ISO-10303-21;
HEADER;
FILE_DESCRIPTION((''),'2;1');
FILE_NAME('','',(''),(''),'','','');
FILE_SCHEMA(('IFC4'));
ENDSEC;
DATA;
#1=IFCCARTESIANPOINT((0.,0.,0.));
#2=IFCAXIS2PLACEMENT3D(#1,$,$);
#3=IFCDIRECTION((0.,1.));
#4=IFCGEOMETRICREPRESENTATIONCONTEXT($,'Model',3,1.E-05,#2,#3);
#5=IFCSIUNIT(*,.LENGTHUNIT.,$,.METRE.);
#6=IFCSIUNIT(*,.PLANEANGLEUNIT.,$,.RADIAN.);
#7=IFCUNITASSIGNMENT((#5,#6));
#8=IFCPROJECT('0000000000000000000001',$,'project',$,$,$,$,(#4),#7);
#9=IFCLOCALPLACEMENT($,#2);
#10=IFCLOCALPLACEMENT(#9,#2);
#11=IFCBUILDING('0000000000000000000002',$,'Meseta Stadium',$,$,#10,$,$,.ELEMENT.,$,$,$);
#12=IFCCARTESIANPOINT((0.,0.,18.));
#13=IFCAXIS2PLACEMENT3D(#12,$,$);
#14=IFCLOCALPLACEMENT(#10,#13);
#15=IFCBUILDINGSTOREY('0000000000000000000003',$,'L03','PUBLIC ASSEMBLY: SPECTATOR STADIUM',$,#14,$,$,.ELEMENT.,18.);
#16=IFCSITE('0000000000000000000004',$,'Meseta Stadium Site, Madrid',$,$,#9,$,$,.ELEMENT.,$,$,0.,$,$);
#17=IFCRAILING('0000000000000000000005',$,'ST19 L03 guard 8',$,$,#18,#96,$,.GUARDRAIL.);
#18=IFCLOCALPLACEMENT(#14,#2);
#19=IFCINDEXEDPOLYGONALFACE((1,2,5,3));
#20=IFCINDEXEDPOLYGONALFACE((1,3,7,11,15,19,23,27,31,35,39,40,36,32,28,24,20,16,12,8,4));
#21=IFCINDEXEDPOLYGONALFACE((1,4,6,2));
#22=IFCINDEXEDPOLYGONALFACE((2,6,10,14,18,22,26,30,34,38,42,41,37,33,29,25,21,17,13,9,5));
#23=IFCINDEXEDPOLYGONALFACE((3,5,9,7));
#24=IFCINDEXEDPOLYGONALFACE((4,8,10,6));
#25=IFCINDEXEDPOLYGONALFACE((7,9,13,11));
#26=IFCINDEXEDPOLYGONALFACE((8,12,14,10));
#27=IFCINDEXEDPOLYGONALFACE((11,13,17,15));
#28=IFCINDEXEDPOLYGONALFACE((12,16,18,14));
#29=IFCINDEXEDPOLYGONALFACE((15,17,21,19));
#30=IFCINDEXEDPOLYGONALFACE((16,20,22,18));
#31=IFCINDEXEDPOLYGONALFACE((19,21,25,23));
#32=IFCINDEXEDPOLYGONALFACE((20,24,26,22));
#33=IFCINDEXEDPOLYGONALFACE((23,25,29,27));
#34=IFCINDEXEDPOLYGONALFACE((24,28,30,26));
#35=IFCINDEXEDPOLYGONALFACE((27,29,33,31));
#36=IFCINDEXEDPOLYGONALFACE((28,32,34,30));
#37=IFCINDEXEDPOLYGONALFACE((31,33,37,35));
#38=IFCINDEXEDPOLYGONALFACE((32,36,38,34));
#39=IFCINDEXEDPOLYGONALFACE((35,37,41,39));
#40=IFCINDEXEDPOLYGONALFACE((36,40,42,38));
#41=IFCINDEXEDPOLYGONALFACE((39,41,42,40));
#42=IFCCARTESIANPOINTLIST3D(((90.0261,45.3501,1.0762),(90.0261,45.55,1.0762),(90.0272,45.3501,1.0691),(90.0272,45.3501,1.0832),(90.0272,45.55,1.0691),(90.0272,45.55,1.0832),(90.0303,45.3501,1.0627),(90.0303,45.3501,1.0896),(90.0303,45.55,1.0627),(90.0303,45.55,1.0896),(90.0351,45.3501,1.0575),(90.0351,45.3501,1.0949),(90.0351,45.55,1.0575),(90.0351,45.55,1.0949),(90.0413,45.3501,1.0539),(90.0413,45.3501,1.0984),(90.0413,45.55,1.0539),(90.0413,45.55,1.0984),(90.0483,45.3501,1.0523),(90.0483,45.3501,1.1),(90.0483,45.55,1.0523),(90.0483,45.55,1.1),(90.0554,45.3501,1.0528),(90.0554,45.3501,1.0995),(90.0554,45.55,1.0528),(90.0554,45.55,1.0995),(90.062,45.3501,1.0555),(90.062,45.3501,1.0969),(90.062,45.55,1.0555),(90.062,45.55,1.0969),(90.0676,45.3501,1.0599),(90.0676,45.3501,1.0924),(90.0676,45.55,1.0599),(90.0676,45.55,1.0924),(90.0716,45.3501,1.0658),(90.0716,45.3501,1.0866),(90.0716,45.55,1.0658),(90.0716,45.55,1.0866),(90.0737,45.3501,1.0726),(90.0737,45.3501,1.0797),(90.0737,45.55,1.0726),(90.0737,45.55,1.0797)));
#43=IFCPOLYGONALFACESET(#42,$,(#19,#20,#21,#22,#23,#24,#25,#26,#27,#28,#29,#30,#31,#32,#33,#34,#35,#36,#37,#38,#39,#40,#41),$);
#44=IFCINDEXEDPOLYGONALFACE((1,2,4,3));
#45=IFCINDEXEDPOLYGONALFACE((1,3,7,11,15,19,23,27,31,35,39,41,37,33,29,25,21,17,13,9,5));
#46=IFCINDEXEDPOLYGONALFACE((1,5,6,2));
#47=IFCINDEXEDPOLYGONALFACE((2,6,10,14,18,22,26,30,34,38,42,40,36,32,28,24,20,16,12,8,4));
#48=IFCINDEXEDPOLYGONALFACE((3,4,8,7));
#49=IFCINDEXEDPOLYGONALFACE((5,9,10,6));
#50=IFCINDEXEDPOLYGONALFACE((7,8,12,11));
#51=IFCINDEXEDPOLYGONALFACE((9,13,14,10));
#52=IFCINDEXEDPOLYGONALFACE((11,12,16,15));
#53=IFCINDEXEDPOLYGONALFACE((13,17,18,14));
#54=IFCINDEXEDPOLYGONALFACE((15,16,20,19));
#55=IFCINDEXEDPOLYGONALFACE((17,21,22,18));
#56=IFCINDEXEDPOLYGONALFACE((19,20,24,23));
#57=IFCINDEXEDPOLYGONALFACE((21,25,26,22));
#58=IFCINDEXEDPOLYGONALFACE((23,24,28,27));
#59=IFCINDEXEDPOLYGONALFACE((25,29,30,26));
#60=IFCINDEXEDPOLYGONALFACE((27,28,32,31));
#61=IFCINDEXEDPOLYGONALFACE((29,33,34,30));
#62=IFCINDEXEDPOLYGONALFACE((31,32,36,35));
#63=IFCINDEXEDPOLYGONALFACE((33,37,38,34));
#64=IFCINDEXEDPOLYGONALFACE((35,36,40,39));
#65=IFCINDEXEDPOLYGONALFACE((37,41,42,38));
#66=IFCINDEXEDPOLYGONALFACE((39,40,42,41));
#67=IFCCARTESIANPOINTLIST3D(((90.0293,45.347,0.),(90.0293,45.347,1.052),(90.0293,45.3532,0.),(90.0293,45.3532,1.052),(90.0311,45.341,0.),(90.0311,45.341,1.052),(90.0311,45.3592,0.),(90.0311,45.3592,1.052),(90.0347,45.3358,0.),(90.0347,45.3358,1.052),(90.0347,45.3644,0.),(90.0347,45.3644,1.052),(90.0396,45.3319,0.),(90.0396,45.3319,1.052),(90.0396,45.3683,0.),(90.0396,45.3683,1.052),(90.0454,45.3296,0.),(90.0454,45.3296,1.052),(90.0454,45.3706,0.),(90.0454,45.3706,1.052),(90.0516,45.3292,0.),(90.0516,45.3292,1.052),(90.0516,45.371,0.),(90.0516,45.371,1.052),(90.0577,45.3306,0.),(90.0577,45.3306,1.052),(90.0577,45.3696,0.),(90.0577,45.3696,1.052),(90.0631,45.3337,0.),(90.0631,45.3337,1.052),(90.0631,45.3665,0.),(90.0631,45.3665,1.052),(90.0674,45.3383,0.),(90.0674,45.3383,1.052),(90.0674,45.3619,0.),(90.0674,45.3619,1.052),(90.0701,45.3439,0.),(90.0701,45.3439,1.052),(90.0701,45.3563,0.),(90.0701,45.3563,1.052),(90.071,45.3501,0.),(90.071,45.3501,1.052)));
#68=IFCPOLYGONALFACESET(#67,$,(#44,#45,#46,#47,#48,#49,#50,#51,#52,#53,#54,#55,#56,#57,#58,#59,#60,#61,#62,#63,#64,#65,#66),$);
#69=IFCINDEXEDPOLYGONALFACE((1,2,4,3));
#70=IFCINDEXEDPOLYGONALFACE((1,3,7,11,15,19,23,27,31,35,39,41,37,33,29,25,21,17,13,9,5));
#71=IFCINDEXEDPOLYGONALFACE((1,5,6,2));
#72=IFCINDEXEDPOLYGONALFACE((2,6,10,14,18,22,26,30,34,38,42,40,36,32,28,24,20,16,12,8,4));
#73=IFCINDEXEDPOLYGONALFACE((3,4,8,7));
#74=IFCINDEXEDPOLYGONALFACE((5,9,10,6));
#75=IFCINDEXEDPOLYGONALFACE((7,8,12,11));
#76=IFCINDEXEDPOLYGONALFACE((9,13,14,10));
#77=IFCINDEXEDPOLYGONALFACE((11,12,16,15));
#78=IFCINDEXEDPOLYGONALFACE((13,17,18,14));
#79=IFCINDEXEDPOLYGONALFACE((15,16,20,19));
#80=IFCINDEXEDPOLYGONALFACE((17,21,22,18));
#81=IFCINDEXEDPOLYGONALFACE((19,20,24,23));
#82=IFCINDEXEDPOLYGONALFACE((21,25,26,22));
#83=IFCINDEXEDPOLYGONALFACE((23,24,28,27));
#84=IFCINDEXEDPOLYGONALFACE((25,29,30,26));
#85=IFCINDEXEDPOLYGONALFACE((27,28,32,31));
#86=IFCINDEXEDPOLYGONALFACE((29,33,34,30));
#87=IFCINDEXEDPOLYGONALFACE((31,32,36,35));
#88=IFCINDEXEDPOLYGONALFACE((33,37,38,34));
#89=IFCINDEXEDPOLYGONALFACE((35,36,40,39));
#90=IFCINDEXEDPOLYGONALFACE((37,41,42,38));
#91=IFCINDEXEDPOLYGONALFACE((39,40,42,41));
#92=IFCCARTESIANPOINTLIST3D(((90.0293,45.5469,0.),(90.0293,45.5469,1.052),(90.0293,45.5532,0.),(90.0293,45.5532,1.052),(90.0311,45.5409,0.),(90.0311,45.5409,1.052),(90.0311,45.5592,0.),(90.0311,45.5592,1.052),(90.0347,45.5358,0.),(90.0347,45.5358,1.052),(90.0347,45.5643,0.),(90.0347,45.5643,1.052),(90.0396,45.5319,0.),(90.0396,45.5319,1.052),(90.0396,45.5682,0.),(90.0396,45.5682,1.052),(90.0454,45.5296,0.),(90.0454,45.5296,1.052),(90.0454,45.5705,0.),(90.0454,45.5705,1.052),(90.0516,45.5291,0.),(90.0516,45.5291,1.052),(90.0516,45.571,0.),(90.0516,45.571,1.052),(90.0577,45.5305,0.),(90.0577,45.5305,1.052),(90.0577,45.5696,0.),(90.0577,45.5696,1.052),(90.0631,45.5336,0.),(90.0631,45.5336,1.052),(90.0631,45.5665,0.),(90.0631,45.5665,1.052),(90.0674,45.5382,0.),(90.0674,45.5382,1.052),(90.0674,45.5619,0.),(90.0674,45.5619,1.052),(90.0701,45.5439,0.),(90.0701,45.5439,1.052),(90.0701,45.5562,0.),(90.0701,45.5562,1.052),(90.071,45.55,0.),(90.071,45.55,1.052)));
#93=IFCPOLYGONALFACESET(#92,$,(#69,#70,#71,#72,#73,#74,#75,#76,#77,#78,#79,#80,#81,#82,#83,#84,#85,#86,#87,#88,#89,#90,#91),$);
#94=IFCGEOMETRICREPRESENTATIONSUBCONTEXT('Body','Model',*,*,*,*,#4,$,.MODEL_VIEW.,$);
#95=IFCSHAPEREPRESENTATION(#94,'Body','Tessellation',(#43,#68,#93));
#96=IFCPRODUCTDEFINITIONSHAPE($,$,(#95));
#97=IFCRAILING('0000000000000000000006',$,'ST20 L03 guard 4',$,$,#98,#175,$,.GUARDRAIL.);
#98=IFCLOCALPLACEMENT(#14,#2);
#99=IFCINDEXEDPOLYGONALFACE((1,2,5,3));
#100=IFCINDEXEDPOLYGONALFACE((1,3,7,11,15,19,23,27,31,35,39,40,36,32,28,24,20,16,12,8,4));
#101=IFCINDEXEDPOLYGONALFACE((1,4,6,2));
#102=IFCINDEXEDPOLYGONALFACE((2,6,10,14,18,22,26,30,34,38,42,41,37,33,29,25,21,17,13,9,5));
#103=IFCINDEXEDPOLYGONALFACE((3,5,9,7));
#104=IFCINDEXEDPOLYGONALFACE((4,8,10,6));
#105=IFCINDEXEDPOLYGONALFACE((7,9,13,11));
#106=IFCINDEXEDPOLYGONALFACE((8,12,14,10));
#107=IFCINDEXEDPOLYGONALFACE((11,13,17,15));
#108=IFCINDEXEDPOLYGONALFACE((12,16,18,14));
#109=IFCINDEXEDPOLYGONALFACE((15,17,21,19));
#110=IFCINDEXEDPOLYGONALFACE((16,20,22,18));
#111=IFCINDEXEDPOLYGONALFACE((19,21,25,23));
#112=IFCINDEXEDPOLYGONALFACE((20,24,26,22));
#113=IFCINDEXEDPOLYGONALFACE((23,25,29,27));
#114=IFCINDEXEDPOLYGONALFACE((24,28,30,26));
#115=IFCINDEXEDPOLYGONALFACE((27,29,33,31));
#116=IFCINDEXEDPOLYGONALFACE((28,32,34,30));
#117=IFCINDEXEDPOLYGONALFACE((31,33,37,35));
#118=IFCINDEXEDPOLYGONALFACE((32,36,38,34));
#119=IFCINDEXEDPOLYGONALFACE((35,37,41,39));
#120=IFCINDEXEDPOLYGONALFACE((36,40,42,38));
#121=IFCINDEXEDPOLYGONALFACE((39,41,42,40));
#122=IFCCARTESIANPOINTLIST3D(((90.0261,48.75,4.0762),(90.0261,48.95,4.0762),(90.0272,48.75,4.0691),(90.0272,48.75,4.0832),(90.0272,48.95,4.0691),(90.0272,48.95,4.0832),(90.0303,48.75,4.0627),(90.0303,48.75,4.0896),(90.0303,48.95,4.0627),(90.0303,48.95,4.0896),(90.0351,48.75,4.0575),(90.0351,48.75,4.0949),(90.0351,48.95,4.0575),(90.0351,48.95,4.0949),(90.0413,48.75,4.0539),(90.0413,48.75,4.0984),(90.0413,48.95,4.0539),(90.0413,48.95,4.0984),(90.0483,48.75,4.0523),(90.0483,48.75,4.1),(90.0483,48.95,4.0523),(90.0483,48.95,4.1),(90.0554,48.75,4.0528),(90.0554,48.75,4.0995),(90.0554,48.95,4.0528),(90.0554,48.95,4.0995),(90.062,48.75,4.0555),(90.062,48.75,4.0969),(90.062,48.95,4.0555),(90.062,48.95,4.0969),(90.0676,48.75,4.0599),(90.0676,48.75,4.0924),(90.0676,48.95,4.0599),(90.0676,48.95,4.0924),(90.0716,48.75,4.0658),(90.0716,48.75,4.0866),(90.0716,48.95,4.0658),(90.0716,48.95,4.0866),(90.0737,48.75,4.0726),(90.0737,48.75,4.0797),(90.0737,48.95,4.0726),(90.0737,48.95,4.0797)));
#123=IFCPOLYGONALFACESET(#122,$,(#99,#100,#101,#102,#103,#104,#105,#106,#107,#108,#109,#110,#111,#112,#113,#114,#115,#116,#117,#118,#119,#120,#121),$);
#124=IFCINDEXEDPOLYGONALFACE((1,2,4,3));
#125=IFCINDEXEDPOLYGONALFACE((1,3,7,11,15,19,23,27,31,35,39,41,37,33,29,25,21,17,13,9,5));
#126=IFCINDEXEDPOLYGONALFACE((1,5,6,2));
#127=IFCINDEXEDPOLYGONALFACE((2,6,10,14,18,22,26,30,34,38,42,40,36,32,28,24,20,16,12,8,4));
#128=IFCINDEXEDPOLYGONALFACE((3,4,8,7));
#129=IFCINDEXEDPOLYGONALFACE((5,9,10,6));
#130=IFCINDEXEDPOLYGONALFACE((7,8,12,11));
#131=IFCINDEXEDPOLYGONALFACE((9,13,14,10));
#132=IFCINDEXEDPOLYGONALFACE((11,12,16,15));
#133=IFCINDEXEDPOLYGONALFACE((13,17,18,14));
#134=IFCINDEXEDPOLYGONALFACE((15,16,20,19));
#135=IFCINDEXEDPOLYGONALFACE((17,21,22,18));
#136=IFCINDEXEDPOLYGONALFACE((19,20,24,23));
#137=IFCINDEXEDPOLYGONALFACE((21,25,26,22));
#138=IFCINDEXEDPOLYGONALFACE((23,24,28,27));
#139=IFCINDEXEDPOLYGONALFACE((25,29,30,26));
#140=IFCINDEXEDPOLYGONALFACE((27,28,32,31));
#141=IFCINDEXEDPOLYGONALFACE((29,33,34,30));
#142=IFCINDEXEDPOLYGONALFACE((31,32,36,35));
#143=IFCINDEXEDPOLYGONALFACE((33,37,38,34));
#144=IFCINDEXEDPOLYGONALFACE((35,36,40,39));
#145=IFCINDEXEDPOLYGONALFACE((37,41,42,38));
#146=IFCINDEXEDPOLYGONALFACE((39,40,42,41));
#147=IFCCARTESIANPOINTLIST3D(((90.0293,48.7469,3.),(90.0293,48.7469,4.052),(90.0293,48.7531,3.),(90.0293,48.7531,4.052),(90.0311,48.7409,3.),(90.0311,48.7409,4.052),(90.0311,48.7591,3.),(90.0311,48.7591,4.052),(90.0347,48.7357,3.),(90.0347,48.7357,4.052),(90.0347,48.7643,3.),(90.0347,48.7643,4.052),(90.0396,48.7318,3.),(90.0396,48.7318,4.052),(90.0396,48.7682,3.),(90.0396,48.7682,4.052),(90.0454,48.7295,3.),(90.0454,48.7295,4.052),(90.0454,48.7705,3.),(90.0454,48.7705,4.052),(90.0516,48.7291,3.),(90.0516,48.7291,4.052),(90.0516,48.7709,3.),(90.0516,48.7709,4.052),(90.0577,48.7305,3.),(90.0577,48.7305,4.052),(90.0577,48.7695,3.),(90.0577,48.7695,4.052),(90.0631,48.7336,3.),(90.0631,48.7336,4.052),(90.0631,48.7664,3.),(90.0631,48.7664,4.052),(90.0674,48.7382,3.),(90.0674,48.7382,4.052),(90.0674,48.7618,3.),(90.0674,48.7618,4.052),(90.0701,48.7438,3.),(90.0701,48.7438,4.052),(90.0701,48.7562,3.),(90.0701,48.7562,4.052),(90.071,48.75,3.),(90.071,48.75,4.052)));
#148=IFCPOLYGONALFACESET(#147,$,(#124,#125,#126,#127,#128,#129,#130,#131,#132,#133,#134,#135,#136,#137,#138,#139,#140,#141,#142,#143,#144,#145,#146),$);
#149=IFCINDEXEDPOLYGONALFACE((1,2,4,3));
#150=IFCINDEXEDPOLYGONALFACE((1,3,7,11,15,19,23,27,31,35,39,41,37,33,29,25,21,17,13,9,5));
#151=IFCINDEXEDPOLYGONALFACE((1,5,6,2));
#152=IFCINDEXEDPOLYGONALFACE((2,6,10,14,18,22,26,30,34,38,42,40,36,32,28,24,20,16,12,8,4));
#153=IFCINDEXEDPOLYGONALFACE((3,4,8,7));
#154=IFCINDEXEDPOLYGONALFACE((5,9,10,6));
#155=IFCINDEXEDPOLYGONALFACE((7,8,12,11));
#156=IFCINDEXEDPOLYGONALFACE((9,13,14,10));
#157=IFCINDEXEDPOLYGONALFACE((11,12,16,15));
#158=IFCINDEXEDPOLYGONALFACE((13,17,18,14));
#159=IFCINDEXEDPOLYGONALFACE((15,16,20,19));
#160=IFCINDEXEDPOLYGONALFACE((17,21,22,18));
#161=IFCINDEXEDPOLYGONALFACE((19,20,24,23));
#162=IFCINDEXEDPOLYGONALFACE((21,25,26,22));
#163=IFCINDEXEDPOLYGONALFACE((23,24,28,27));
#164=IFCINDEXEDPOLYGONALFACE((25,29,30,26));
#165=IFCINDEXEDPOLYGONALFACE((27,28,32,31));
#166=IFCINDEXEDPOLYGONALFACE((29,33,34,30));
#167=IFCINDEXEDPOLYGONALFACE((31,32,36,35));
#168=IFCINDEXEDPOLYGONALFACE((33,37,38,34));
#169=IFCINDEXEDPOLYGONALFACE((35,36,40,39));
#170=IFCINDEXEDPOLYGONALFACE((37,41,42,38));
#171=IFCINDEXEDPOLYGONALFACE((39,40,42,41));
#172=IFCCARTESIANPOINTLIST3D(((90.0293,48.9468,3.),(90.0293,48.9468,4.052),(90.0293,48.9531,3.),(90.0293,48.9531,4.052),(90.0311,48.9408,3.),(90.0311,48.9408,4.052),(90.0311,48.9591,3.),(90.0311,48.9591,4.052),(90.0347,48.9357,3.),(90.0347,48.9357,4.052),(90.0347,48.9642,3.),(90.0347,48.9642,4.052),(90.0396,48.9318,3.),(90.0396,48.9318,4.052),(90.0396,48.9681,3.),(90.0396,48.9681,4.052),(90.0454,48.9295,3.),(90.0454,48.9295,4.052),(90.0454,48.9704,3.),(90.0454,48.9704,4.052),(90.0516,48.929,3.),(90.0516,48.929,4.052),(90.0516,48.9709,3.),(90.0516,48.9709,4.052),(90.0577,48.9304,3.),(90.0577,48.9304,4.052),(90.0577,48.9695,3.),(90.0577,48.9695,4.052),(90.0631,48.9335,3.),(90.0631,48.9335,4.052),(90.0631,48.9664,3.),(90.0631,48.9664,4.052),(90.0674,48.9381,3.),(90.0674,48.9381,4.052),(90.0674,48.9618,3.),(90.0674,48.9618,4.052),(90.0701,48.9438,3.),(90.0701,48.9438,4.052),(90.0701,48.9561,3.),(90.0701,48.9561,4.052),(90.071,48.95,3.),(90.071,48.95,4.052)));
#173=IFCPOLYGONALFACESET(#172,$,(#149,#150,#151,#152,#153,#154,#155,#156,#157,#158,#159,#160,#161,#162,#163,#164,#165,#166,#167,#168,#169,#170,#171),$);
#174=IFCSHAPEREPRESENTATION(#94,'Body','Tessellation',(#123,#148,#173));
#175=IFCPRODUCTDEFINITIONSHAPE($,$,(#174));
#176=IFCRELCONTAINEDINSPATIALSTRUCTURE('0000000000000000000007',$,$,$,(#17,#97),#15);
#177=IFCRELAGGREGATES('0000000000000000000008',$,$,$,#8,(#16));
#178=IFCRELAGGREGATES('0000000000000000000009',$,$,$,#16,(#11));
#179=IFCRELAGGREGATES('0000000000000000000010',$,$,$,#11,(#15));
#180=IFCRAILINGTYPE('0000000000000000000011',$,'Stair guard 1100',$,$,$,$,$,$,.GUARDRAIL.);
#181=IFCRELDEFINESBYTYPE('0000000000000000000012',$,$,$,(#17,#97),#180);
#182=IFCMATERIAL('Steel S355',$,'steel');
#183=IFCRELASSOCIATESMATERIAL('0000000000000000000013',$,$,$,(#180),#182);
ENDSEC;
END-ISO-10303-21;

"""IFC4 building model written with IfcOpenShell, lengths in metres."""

from ifc_helpers import new_model, si_unit, direction, frame, origin, origin_2d, place, context, subcontext, project, spatial, circle, extrude, material, type_object, element, save


model = new_model("IFC4")

# Units and contexts
model_context = context("Model", 3, precision=1e-05, world=origin(), true_north=direction((0.0, 1.0)))
body_context = subcontext(model_context, "Body", "Model", "MODEL_VIEW")
ifc_project = project(units=[si_unit("LENGTHUNIT", "METRE"), si_unit("PLANEANGLEUNIT", "RADIAN")], contexts=[model_context])

# Site, building, storey
site_placement = place(None, origin())
site = spatial("IfcSite", under=ifc_project, at=site_placement, Name="Meseta Stadium Site, Madrid", CompositionType="ELEMENT", RefElevation=0.0)
building_placement = place(site_placement, origin())
building = spatial("IfcBuilding", under=site, at=building_placement, Name="Meseta Stadium", CompositionType="ELEMENT")
storey_placement = place(building_placement, frame((0.0, 0.0, 18.0)))
storey = spatial("IfcBuildingStorey", under=building, at=storey_placement, Name="L03", Description="PUBLIC ASSEMBLY: SPECTATOR STADIUM", CompositionType="ELEMENT", Elevation=18.0)

# Railings
ifc_material_1 = material(Name="Steel S355", Category="steel")
railing_type_1 = type_object("IfcRailingType", Name="Stair guard 1100", PredefinedType="GUARDRAIL", material=ifc_material_1)
for number, where, name in (
    (1, (90.05, 45.3501, 0.0), "ST19 L03 guard 8"),
    (2, (90.05, 48.75, 3.0), "ST20 L03 guard 4"),
):
    element("IfcRailing", number, at=place(storey_placement, frame(where)), inside=storey, type_object=railing_type_1, Name=name, PredefinedType="GUARDRAIL", context=body_context, shape_type="SweptSolid", body=[
        extrude(circle(Radius=0.0239, at=origin_2d()), frame((0.0, 0.0, 1.0762), z_axis=(0.0, 1.0, 0.0), x_axis=(-1.0, 0.0, 0.0)), (0.0, 0.0, 1.0), 0.2),
        extrude(circle(Radius=0.021, at=origin_2d()), origin(), (0.0, 0.0, 1.0), 1.052),
        extrude(circle(Radius=0.021, at=origin_2d()), frame((0.0, 0.2, 0.0)), (0.0, 0.0, 1.0), 1.052),
    ])

save(model, "model.ifc")
